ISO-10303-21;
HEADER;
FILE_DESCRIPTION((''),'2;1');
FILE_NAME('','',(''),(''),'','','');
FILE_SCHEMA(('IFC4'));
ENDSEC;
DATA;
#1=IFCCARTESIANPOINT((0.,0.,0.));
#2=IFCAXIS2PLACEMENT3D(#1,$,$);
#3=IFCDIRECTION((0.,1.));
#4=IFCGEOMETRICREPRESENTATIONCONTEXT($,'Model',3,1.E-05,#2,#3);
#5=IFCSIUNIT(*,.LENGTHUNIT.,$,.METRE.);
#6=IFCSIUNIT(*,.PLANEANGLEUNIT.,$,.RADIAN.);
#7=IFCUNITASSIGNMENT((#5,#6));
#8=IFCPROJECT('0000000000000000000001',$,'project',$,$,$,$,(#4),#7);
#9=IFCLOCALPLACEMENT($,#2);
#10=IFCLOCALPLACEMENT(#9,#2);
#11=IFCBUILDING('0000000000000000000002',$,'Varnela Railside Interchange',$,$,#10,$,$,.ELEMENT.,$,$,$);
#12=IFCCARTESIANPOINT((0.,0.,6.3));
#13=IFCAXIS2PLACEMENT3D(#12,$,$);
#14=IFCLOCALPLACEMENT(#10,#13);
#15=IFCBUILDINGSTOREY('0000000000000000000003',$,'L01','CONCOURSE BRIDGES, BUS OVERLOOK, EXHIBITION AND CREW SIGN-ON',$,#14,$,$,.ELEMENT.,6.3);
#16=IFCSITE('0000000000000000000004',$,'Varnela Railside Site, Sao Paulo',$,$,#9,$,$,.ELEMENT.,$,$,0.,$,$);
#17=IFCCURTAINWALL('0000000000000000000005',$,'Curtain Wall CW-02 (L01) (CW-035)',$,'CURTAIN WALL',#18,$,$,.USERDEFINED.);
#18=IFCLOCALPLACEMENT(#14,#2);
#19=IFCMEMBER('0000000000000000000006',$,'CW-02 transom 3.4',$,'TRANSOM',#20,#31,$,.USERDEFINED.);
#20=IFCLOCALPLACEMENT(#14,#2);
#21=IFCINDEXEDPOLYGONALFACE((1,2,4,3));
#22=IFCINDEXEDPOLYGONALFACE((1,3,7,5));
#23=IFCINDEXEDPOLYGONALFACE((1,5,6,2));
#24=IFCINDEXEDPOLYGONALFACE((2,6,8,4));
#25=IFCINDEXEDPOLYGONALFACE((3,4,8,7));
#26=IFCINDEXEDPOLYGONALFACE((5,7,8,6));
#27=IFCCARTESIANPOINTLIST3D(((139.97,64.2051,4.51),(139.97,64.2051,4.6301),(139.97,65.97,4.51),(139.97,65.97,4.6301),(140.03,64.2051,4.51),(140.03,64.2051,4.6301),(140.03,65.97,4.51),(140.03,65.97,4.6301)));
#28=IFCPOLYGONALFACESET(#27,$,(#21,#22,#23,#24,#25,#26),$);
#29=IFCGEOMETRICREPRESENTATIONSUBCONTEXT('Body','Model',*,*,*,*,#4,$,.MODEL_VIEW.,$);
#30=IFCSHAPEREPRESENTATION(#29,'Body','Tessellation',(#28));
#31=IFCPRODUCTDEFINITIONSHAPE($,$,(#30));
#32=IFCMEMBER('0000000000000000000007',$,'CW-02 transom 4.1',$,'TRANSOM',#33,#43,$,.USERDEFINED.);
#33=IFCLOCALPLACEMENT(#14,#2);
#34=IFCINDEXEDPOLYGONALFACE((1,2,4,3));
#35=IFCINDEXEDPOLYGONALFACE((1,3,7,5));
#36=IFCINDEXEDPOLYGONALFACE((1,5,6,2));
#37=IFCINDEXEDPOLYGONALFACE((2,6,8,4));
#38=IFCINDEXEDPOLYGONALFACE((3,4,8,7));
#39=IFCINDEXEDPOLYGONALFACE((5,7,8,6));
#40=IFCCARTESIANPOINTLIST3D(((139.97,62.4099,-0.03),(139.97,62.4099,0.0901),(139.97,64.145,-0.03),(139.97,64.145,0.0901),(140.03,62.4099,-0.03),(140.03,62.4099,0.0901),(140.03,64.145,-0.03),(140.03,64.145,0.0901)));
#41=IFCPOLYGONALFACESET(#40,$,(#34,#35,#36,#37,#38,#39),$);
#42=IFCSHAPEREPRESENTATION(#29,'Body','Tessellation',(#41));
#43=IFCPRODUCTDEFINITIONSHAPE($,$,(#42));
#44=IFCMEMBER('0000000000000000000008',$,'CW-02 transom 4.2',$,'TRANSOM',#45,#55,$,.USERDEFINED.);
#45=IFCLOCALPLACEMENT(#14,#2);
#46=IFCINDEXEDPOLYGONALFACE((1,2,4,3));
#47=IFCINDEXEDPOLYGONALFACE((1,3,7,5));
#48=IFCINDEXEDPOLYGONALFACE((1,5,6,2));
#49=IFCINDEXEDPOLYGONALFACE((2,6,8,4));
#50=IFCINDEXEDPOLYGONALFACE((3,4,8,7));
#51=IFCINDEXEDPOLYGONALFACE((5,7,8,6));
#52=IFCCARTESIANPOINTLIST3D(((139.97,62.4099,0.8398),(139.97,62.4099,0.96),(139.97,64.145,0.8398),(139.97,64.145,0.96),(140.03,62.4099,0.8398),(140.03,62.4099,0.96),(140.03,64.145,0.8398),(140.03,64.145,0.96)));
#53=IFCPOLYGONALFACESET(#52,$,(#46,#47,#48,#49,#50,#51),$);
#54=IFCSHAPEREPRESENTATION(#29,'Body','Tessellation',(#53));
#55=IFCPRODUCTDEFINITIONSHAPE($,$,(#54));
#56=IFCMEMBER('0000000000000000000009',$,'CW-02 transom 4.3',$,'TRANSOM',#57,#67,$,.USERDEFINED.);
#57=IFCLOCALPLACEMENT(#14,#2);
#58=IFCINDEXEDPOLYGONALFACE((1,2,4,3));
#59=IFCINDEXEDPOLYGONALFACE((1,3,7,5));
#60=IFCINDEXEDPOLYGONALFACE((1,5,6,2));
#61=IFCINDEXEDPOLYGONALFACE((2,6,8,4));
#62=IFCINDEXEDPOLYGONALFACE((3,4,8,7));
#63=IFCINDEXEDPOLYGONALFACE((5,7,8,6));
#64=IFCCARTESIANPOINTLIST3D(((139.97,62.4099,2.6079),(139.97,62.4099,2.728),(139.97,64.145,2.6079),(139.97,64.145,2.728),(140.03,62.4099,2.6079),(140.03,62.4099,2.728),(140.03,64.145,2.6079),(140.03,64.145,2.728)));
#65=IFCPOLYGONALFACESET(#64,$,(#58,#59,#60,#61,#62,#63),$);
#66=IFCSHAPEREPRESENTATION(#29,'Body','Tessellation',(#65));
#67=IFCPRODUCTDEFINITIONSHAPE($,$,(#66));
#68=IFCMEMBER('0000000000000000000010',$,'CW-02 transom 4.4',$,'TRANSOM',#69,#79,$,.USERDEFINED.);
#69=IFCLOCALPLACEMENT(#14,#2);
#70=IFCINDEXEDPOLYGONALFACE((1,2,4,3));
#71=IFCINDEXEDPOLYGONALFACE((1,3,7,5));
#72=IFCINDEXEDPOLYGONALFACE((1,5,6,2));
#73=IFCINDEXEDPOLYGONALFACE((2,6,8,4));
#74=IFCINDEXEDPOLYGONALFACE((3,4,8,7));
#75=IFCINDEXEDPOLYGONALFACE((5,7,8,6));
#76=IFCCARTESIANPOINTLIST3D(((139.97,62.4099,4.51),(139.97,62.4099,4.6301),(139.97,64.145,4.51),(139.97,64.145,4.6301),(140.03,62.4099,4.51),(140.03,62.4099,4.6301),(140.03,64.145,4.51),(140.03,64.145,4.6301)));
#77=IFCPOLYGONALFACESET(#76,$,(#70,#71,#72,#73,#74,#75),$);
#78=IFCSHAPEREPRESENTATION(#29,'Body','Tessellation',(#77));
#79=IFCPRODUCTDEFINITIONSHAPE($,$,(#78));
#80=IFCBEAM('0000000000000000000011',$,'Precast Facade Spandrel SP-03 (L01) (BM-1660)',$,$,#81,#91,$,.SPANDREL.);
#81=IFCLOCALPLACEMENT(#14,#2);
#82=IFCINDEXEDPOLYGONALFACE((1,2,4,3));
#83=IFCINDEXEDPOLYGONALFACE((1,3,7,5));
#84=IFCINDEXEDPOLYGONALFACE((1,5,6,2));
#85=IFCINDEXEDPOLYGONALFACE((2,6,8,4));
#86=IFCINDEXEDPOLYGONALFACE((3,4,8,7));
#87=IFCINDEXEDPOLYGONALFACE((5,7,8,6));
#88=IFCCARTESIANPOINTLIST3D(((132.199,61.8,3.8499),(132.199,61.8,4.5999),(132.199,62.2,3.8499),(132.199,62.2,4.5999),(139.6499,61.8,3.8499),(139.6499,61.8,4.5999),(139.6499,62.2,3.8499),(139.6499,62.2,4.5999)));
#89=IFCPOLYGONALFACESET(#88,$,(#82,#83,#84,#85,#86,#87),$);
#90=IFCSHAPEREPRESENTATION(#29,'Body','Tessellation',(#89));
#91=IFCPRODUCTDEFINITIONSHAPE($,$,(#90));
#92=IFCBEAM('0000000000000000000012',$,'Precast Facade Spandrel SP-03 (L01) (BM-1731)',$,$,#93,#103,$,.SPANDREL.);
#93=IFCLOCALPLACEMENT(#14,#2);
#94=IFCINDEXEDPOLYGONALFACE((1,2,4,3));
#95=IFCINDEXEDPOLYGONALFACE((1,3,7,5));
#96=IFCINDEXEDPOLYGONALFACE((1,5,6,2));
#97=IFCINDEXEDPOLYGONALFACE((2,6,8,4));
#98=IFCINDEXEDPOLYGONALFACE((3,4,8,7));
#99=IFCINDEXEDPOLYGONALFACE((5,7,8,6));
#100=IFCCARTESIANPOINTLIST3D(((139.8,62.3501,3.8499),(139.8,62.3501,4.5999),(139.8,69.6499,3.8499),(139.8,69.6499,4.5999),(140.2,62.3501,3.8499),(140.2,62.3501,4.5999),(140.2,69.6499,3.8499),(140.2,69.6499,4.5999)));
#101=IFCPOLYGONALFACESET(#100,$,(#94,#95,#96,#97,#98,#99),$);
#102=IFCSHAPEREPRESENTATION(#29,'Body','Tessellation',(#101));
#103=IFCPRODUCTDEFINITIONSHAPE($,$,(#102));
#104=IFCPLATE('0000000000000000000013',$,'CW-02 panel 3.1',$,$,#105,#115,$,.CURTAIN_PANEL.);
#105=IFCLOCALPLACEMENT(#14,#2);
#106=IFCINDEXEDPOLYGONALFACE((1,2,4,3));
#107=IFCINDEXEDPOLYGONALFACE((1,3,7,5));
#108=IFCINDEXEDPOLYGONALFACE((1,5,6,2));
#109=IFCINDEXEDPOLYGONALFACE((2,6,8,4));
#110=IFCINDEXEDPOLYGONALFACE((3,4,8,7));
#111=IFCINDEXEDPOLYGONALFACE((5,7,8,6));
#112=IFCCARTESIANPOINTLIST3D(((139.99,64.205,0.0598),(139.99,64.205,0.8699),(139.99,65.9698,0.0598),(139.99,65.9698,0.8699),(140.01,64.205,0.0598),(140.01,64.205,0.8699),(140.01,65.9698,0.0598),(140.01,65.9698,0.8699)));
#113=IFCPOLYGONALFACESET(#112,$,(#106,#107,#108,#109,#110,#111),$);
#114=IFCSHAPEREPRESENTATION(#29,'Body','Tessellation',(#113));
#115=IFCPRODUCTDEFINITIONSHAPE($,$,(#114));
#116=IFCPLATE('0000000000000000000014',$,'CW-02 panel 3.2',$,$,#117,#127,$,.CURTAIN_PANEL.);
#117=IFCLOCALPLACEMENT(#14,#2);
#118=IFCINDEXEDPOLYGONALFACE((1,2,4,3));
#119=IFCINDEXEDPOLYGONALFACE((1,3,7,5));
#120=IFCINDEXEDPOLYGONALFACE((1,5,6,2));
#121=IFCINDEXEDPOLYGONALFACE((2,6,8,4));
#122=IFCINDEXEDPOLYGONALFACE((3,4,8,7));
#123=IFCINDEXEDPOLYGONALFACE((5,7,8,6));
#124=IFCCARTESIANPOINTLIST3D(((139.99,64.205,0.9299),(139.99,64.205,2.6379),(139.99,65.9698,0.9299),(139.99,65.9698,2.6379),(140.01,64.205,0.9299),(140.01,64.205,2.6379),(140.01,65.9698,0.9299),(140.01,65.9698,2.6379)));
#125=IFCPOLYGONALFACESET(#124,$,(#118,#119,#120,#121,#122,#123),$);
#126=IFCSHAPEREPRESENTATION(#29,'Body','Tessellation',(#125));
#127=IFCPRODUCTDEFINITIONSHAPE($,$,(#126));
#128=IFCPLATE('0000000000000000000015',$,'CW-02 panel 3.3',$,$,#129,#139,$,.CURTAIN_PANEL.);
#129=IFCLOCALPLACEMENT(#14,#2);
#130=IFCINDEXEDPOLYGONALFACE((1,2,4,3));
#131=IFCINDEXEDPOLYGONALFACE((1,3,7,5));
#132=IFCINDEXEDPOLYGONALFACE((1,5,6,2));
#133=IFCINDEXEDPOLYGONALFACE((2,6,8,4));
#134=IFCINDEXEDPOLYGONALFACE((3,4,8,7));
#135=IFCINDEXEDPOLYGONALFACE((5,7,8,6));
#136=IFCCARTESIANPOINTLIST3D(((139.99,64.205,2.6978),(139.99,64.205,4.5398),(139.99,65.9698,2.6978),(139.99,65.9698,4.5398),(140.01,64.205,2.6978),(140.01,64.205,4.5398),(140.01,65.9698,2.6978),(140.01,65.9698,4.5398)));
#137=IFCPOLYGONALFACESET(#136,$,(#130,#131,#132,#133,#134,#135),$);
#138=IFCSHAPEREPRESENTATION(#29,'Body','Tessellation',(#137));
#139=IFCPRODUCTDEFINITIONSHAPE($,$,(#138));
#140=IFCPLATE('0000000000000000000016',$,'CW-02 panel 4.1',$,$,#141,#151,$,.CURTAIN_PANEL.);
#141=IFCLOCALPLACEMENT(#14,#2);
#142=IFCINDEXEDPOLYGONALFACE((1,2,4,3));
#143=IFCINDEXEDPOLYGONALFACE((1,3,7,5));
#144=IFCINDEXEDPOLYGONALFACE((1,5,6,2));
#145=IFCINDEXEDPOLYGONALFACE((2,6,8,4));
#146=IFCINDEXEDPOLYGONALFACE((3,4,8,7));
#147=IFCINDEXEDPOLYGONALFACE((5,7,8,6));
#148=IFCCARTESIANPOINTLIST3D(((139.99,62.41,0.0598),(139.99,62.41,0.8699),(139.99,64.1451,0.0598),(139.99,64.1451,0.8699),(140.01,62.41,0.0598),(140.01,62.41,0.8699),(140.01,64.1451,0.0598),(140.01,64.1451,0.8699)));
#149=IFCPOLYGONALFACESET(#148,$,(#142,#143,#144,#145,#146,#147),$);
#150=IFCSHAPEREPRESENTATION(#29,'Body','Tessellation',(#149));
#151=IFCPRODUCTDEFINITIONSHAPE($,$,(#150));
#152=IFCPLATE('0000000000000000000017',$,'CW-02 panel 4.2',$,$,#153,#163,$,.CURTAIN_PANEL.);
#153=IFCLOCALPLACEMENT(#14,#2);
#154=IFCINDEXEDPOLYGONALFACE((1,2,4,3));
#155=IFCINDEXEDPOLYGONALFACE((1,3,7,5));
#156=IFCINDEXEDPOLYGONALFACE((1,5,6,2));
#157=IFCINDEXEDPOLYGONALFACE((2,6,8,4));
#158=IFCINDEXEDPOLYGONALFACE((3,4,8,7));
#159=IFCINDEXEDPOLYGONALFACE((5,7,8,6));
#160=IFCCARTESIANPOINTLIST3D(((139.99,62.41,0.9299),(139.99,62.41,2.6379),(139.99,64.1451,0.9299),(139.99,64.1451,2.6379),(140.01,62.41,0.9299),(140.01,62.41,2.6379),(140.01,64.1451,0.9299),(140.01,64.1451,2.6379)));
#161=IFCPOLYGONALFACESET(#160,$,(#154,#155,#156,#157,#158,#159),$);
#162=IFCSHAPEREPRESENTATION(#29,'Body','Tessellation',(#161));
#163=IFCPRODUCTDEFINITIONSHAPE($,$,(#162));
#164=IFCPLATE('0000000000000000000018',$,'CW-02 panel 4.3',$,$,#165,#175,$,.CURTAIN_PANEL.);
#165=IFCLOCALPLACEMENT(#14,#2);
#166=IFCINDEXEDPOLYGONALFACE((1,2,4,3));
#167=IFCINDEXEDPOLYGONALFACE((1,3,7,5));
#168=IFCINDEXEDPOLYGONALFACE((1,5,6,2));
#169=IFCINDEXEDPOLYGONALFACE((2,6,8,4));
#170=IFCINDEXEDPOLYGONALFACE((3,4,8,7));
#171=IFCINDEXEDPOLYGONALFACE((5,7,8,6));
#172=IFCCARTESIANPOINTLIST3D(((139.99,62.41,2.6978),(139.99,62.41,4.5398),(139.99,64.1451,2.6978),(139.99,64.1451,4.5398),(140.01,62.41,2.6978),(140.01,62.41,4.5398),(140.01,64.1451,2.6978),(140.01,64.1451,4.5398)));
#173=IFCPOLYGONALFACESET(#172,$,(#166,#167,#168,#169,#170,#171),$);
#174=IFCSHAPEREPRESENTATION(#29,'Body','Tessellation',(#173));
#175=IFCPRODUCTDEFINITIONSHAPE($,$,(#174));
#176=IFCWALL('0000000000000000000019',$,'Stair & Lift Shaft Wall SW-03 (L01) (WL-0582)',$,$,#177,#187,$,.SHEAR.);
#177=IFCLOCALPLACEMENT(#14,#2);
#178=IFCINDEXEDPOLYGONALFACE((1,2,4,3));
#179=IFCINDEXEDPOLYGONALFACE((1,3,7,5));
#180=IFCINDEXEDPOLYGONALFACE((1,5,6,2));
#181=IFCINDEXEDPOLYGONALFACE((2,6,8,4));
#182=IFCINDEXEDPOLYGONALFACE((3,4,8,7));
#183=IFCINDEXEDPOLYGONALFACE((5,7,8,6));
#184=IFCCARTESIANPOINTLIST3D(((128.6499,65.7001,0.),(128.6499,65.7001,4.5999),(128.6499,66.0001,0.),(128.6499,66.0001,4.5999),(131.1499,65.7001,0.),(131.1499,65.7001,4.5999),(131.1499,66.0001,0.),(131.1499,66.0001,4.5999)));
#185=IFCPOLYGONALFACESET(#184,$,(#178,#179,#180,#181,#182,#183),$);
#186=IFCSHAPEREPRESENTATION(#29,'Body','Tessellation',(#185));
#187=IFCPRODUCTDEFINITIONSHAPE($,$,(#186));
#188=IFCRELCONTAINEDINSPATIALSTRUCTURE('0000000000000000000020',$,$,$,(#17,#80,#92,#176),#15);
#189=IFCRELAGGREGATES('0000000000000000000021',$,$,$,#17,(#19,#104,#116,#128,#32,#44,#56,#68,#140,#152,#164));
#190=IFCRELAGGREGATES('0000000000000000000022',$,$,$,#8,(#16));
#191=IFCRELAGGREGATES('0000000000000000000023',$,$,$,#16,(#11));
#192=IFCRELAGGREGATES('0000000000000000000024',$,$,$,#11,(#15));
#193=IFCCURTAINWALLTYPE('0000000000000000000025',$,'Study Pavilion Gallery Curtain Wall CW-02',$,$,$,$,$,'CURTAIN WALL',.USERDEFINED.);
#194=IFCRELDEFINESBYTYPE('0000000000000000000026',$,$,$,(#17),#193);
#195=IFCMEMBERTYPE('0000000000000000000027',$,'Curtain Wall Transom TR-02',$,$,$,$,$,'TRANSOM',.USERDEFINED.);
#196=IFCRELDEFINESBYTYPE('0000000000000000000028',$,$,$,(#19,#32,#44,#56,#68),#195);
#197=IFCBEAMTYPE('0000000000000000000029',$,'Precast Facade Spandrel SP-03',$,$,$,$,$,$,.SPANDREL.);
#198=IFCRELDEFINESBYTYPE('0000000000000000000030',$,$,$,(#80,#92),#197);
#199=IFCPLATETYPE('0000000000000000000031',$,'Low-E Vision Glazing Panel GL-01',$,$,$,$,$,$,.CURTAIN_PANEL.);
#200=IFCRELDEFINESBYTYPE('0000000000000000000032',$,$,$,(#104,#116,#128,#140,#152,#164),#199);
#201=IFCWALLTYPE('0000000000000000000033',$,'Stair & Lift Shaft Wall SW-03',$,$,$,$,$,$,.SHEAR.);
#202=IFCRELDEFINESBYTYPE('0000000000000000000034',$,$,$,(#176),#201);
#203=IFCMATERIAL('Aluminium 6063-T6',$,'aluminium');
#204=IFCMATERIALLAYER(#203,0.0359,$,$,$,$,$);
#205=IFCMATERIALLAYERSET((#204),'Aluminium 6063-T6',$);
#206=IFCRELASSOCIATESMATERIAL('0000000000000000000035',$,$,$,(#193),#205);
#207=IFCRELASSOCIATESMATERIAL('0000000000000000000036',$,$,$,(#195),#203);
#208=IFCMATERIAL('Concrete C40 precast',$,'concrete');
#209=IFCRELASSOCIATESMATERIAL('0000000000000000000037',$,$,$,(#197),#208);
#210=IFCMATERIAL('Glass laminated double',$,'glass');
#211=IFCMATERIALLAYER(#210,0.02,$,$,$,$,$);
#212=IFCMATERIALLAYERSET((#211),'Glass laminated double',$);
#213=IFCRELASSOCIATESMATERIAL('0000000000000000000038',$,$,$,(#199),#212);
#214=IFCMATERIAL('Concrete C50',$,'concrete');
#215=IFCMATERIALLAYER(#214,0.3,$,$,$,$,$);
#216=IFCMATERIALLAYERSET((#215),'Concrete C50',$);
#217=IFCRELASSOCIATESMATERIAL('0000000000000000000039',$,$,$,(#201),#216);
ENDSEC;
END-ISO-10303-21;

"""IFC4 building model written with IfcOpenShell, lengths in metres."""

from ifc_helpers import new_model, si_unit, direction, frame, frame_2d, origin, origin_2d, place, context, subcontext, project, spatial, rectangle, extrude, material, layer, layer_set, material_profile, profile_set, type_object, element, aggregate, save


model = new_model("IFC4")

# Units and contexts
model_context = context("Model", 3, precision=1e-05, world=origin(), true_north=direction((0.0, 1.0)))
body_context = subcontext(model_context, "Body", "Model", "MODEL_VIEW")
ifc_project = project(units=[si_unit("LENGTHUNIT", "METRE"), si_unit("PLANEANGLEUNIT", "RADIAN")], contexts=[model_context])

# Site, building, storey
site_placement = place(None, origin())
site = spatial("IfcSite", under=ifc_project, at=site_placement, Name="Varnela Railside Site, Sao Paulo", CompositionType="ELEMENT", RefElevation=0.0)
building_placement = place(site_placement, origin())
building = spatial("IfcBuilding", under=site, at=building_placement, Name="Varnela Railside Interchange", CompositionType="ELEMENT")
storey_placement = place(building_placement, frame((0.0, 0.0, 6.3)))
storey = spatial("IfcBuildingStorey", under=building, at=storey_placement, Name="L01", Description="CONCOURSE BRIDGES, BUS OVERLOOK, EXHIBITION AND CREW SIGN-ON", CompositionType="ELEMENT", Elevation=6.3)

# Shared definitions
ifc_material_1 = material(Name="Concrete C50", Category="concrete")

# Curtain wall, members
ifc_material_2 = material(Name="Aluminium 6063-T6", Category="aluminium")
ifc_layer_1 = layer(ifc_material_2, 0.0359)
ifc_layer_set_1 = layer_set([ifc_layer_1], Name="Aluminium 6063-T6")
curtain_wall_type = type_object("IfcCurtainWallType", Name="Study Pavilion Gallery Curtain Wall CW-02", ElementType="CURTAIN WALL", PredefinedType="USERDEFINED", material=ifc_layer_set_1)
curtain_wall_placement = place(storey_placement, origin())
curtain_wall = element("IfcCurtainWall", 1, at=curtain_wall_placement, inside=storey, type_object=curtain_wall_type, Name="Curtain Wall CW-02 (L01) (CW-035)", ObjectType="CURTAIN WALL", PredefinedType="USERDEFINED")
ifc_material_profile_1 = material_profile(ifc_material_2, rectangle(XDim=0.0601, YDim=0.1201, at=origin_2d()), Name="ALU 60x120")
ifc_profile_set_1 = profile_set([ifc_material_profile_1], Name="Aluminium 6063-T6")
member_type_1 = type_object("IfcMemberType", Name="Curtain Wall Transom TR-02", ElementType="TRANSOM", PredefinedType="USERDEFINED", material=ifc_profile_set_1)
member_1_placement = place(storey_placement, frame((140.0, 65.97, 4.5701), z_axis=(0.0, -1.0, 0.0), x_axis=(1.0, 0.0, 0.0)))
member_1 = element("IfcMember", 2, at=member_1_placement, type_object=member_type_1, Name="CW-02 transom 3.4", ObjectType="TRANSOM", PredefinedType="USERDEFINED", context=body_context, shape_type="SweptSolid", body=[
    extrude(rectangle(XDim=0.0601, YDim=0.1201, at=origin_2d()), origin(), (0.0, 0.0, 1.0), 1.7649),
])
member_2_placement = place(storey_placement, frame((140.0, 64.145, 0.03), z_axis=(0.0, -1.0, 0.0), x_axis=(1.0, 0.0, 0.0)))
member_2 = element("IfcMember", 3, at=member_2_placement, type_object=member_type_1, Name="CW-02 transom 4.1", ObjectType="TRANSOM", PredefinedType="USERDEFINED", context=body_context, shape_type="SweptSolid", body=[
    extrude(rectangle(XDim=0.0601, YDim=0.1201, at=origin_2d()), origin(), (0.0, 0.0, 1.0), 1.7351),
])
member_3_placement = place(storey_placement, frame((140.0, 64.145, 0.8999), z_axis=(0.0, -1.0, 0.0), x_axis=(1.0, 0.0, 0.0)))
member_3 = element("IfcMember", 4, at=member_3_placement, type_object=member_type_1, Name="CW-02 transom 4.2", ObjectType="TRANSOM", PredefinedType="USERDEFINED", context=body_context, shape_type="SweptSolid", body=[
    extrude(rectangle(XDim=0.0601, YDim=0.1201, at=origin_2d()), origin(), (0.0, 0.0, 1.0), 1.7351),
])
member_4_placement = place(storey_placement, frame((140.0, 64.145, 2.668), z_axis=(0.0, -1.0, 0.0), x_axis=(1.0, 0.0, 0.0)))
member_4 = element("IfcMember", 5, at=member_4_placement, type_object=member_type_1, Name="CW-02 transom 4.3", ObjectType="TRANSOM", PredefinedType="USERDEFINED", context=body_context, shape_type="SweptSolid", body=[
    extrude(rectangle(XDim=0.0601, YDim=0.1201, at=origin_2d()), origin(), (0.0, 0.0, 1.0), 1.7351),
])
member_5_placement = place(storey_placement, frame((140.0, 64.145, 4.5701), z_axis=(0.0, -1.0, 0.0), x_axis=(1.0, 0.0, 0.0)))
member_5 = element("IfcMember", 6, at=member_5_placement, type_object=member_type_1, Name="CW-02 transom 4.4", ObjectType="TRANSOM", PredefinedType="USERDEFINED", context=body_context, shape_type="SweptSolid", body=[
    extrude(rectangle(XDim=0.0601, YDim=0.1201, at=origin_2d()), origin(), (0.0, 0.0, 1.0), 1.7351),
])

# Beams
ifc_material_3 = material(Name="Concrete C40 precast", Category="concrete")
ifc_material_profile_2 = material_profile(ifc_material_3, rectangle(XDim=0.3999, YDim=0.75, at=origin_2d()), Name="PC 400x750")
ifc_profile_set_2 = profile_set([ifc_material_profile_2], Name="Concrete C40 precast")
beam_type_1 = type_object("IfcBeamType", Name="Precast Facade Spandrel SP-03", PredefinedType="SPANDREL", material=ifc_profile_set_2)
beam_1_placement = place(storey_placement, frame((132.199, 62.0, 4.2249), z_axis=(1.0, 0.0, 0.0), x_axis=(0.0, 1.0, 0.0)))
element("IfcBeam", 7, at=beam_1_placement, inside=storey, type_object=beam_type_1, Name="Precast Facade Spandrel SP-03 (L01) (BM-1660)", PredefinedType="SPANDREL", context=body_context, shape_type="SweptSolid", body=[
    extrude(rectangle(XDim=0.3999, YDim=0.75, at=origin_2d()), origin(), (0.0, 0.0, 1.0), 7.4509),
])
beam_2_placement = place(storey_placement, frame((140.0, 62.3501, 4.2249), z_axis=(0.0, 1.0, 0.0), x_axis=(-1.0, 0.0, 0.0)))
element("IfcBeam", 8, at=beam_2_placement, inside=storey, type_object=beam_type_1, Name="Precast Facade Spandrel SP-03 (L01) (BM-1731)", PredefinedType="SPANDREL", context=body_context, shape_type="SweptSolid", body=[
    extrude(rectangle(XDim=0.3999, YDim=0.75, at=origin_2d()), origin(), (0.0, 0.0, 1.0), 7.2998),
])

# Plates
ifc_material_4 = material(Name="Glass laminated double", Category="glass")
ifc_layer_2 = layer(ifc_material_4, 0.02)
ifc_layer_set_2 = layer_set([ifc_layer_2], Name="Glass laminated double")
plate_type = type_object("IfcPlateType", Name="Low-E Vision Glazing Panel GL-01", PredefinedType="CURTAIN_PANEL", material=ifc_layer_set_2)
plate_1_placement = place(storey_placement, frame((140.0, 65.0874, 0.0598), z_axis=(0.0, 0.0, 1.0), x_axis=(0.0, -1.0, 0.0)))
plate_1 = element("IfcPlate", 9, at=plate_1_placement, type_object=plate_type, Name="CW-02 panel 3.1", PredefinedType="CURTAIN_PANEL", context=body_context, shape_type="SweptSolid", body=[
    extrude(rectangle(XDim=1.7649, YDim=0.02, at=origin_2d()), origin(), (0.0, 0.0, 1.0), 0.8101),
])
plate_2_placement = place(storey_placement, frame((140.0, 65.0874, 0.9299), z_axis=(0.0, 0.0, 1.0), x_axis=(0.0, -1.0, 0.0)))
plate_2 = element("IfcPlate", 10, at=plate_2_placement, type_object=plate_type, Name="CW-02 panel 3.2", PredefinedType="CURTAIN_PANEL", context=body_context, shape_type="SweptSolid", body=[
    extrude(rectangle(XDim=1.7649, YDim=0.02, at=origin_2d()), origin(), (0.0, 0.0, 1.0), 1.708),
])
plate_3_placement = place(storey_placement, frame((140.0, 65.0874, 2.6978), z_axis=(0.0, 0.0, 1.0), x_axis=(0.0, -1.0, 0.0)))
plate_3 = element("IfcPlate", 11, at=plate_3_placement, type_object=plate_type, Name="CW-02 panel 3.3", PredefinedType="CURTAIN_PANEL", context=body_context, shape_type="SweptSolid", body=[
    extrude(rectangle(XDim=1.7649, YDim=0.02, at=origin_2d()), origin(), (0.0, 0.0, 1.0), 1.842),
])
plate_4_placement = place(storey_placement, frame((140.0, 63.2776, 0.0598), z_axis=(0.0, 0.0, 1.0), x_axis=(0.0, -1.0, 0.0)))
plate_4 = element("IfcPlate", 12, at=plate_4_placement, type_object=plate_type, Name="CW-02 panel 4.1", PredefinedType="CURTAIN_PANEL", context=body_context, shape_type="SweptSolid", body=[
    extrude(rectangle(XDim=1.7351, YDim=0.02, at=origin_2d()), origin(), (0.0, 0.0, 1.0), 0.8101),
])
plate_5_placement = place(storey_placement, frame((140.0, 63.2776, 0.9299), z_axis=(0.0, 0.0, 1.0), x_axis=(0.0, -1.0, 0.0)))
plate_5 = element("IfcPlate", 13, at=plate_5_placement, type_object=plate_type, Name="CW-02 panel 4.2", PredefinedType="CURTAIN_PANEL", context=body_context, shape_type="SweptSolid", body=[
    extrude(rectangle(XDim=1.7351, YDim=0.02, at=origin_2d()), origin(), (0.0, 0.0, 1.0), 1.708),
])
plate_6_placement = place(storey_placement, frame((140.0, 63.2776, 2.6978), z_axis=(0.0, 0.0, 1.0), x_axis=(0.0, -1.0, 0.0)))
plate_6 = element("IfcPlate", 14, at=plate_6_placement, type_object=plate_type, Name="CW-02 panel 4.3", PredefinedType="CURTAIN_PANEL", context=body_context, shape_type="SweptSolid", body=[
    extrude(rectangle(XDim=1.7351, YDim=0.02, at=origin_2d()), origin(), (0.0, 0.0, 1.0), 1.842),
])
aggregate(curtain_wall, [member_1, plate_1, plate_2, plate_3, member_2, member_3, member_4, member_5, plate_4, plate_5, plate_6])

# Wall
ifc_layer_3 = layer(ifc_material_1, 0.3)
ifc_layer_set_3 = layer_set([ifc_layer_3], Name="Concrete C50")
wall_type = type_object("IfcWallType", Name="Stair & Lift Shaft Wall SW-03", PredefinedType="SHEAR", material=ifc_layer_set_3)
wall_1_placement = place(storey_placement, frame((128.6499, 65.8501, 0.0), z_axis=(0.0, 0.0, 1.0), x_axis=(1.0, 0.0, 0.0)))
element("IfcWall", 15, at=wall_1_placement, inside=storey, type_object=wall_type, Name="Stair & Lift Shaft Wall SW-03 (L01) (WL-0582)", PredefinedType="SHEAR", context=body_context, shape_type="SweptSolid", body=[
    extrude(rectangle(XDim=2.5, YDim=0.3, at=frame_2d((1.25, 0.0))), origin(), (0.0, 0.0, 1.0), 4.5999),
])

save(model, "model.ifc")
